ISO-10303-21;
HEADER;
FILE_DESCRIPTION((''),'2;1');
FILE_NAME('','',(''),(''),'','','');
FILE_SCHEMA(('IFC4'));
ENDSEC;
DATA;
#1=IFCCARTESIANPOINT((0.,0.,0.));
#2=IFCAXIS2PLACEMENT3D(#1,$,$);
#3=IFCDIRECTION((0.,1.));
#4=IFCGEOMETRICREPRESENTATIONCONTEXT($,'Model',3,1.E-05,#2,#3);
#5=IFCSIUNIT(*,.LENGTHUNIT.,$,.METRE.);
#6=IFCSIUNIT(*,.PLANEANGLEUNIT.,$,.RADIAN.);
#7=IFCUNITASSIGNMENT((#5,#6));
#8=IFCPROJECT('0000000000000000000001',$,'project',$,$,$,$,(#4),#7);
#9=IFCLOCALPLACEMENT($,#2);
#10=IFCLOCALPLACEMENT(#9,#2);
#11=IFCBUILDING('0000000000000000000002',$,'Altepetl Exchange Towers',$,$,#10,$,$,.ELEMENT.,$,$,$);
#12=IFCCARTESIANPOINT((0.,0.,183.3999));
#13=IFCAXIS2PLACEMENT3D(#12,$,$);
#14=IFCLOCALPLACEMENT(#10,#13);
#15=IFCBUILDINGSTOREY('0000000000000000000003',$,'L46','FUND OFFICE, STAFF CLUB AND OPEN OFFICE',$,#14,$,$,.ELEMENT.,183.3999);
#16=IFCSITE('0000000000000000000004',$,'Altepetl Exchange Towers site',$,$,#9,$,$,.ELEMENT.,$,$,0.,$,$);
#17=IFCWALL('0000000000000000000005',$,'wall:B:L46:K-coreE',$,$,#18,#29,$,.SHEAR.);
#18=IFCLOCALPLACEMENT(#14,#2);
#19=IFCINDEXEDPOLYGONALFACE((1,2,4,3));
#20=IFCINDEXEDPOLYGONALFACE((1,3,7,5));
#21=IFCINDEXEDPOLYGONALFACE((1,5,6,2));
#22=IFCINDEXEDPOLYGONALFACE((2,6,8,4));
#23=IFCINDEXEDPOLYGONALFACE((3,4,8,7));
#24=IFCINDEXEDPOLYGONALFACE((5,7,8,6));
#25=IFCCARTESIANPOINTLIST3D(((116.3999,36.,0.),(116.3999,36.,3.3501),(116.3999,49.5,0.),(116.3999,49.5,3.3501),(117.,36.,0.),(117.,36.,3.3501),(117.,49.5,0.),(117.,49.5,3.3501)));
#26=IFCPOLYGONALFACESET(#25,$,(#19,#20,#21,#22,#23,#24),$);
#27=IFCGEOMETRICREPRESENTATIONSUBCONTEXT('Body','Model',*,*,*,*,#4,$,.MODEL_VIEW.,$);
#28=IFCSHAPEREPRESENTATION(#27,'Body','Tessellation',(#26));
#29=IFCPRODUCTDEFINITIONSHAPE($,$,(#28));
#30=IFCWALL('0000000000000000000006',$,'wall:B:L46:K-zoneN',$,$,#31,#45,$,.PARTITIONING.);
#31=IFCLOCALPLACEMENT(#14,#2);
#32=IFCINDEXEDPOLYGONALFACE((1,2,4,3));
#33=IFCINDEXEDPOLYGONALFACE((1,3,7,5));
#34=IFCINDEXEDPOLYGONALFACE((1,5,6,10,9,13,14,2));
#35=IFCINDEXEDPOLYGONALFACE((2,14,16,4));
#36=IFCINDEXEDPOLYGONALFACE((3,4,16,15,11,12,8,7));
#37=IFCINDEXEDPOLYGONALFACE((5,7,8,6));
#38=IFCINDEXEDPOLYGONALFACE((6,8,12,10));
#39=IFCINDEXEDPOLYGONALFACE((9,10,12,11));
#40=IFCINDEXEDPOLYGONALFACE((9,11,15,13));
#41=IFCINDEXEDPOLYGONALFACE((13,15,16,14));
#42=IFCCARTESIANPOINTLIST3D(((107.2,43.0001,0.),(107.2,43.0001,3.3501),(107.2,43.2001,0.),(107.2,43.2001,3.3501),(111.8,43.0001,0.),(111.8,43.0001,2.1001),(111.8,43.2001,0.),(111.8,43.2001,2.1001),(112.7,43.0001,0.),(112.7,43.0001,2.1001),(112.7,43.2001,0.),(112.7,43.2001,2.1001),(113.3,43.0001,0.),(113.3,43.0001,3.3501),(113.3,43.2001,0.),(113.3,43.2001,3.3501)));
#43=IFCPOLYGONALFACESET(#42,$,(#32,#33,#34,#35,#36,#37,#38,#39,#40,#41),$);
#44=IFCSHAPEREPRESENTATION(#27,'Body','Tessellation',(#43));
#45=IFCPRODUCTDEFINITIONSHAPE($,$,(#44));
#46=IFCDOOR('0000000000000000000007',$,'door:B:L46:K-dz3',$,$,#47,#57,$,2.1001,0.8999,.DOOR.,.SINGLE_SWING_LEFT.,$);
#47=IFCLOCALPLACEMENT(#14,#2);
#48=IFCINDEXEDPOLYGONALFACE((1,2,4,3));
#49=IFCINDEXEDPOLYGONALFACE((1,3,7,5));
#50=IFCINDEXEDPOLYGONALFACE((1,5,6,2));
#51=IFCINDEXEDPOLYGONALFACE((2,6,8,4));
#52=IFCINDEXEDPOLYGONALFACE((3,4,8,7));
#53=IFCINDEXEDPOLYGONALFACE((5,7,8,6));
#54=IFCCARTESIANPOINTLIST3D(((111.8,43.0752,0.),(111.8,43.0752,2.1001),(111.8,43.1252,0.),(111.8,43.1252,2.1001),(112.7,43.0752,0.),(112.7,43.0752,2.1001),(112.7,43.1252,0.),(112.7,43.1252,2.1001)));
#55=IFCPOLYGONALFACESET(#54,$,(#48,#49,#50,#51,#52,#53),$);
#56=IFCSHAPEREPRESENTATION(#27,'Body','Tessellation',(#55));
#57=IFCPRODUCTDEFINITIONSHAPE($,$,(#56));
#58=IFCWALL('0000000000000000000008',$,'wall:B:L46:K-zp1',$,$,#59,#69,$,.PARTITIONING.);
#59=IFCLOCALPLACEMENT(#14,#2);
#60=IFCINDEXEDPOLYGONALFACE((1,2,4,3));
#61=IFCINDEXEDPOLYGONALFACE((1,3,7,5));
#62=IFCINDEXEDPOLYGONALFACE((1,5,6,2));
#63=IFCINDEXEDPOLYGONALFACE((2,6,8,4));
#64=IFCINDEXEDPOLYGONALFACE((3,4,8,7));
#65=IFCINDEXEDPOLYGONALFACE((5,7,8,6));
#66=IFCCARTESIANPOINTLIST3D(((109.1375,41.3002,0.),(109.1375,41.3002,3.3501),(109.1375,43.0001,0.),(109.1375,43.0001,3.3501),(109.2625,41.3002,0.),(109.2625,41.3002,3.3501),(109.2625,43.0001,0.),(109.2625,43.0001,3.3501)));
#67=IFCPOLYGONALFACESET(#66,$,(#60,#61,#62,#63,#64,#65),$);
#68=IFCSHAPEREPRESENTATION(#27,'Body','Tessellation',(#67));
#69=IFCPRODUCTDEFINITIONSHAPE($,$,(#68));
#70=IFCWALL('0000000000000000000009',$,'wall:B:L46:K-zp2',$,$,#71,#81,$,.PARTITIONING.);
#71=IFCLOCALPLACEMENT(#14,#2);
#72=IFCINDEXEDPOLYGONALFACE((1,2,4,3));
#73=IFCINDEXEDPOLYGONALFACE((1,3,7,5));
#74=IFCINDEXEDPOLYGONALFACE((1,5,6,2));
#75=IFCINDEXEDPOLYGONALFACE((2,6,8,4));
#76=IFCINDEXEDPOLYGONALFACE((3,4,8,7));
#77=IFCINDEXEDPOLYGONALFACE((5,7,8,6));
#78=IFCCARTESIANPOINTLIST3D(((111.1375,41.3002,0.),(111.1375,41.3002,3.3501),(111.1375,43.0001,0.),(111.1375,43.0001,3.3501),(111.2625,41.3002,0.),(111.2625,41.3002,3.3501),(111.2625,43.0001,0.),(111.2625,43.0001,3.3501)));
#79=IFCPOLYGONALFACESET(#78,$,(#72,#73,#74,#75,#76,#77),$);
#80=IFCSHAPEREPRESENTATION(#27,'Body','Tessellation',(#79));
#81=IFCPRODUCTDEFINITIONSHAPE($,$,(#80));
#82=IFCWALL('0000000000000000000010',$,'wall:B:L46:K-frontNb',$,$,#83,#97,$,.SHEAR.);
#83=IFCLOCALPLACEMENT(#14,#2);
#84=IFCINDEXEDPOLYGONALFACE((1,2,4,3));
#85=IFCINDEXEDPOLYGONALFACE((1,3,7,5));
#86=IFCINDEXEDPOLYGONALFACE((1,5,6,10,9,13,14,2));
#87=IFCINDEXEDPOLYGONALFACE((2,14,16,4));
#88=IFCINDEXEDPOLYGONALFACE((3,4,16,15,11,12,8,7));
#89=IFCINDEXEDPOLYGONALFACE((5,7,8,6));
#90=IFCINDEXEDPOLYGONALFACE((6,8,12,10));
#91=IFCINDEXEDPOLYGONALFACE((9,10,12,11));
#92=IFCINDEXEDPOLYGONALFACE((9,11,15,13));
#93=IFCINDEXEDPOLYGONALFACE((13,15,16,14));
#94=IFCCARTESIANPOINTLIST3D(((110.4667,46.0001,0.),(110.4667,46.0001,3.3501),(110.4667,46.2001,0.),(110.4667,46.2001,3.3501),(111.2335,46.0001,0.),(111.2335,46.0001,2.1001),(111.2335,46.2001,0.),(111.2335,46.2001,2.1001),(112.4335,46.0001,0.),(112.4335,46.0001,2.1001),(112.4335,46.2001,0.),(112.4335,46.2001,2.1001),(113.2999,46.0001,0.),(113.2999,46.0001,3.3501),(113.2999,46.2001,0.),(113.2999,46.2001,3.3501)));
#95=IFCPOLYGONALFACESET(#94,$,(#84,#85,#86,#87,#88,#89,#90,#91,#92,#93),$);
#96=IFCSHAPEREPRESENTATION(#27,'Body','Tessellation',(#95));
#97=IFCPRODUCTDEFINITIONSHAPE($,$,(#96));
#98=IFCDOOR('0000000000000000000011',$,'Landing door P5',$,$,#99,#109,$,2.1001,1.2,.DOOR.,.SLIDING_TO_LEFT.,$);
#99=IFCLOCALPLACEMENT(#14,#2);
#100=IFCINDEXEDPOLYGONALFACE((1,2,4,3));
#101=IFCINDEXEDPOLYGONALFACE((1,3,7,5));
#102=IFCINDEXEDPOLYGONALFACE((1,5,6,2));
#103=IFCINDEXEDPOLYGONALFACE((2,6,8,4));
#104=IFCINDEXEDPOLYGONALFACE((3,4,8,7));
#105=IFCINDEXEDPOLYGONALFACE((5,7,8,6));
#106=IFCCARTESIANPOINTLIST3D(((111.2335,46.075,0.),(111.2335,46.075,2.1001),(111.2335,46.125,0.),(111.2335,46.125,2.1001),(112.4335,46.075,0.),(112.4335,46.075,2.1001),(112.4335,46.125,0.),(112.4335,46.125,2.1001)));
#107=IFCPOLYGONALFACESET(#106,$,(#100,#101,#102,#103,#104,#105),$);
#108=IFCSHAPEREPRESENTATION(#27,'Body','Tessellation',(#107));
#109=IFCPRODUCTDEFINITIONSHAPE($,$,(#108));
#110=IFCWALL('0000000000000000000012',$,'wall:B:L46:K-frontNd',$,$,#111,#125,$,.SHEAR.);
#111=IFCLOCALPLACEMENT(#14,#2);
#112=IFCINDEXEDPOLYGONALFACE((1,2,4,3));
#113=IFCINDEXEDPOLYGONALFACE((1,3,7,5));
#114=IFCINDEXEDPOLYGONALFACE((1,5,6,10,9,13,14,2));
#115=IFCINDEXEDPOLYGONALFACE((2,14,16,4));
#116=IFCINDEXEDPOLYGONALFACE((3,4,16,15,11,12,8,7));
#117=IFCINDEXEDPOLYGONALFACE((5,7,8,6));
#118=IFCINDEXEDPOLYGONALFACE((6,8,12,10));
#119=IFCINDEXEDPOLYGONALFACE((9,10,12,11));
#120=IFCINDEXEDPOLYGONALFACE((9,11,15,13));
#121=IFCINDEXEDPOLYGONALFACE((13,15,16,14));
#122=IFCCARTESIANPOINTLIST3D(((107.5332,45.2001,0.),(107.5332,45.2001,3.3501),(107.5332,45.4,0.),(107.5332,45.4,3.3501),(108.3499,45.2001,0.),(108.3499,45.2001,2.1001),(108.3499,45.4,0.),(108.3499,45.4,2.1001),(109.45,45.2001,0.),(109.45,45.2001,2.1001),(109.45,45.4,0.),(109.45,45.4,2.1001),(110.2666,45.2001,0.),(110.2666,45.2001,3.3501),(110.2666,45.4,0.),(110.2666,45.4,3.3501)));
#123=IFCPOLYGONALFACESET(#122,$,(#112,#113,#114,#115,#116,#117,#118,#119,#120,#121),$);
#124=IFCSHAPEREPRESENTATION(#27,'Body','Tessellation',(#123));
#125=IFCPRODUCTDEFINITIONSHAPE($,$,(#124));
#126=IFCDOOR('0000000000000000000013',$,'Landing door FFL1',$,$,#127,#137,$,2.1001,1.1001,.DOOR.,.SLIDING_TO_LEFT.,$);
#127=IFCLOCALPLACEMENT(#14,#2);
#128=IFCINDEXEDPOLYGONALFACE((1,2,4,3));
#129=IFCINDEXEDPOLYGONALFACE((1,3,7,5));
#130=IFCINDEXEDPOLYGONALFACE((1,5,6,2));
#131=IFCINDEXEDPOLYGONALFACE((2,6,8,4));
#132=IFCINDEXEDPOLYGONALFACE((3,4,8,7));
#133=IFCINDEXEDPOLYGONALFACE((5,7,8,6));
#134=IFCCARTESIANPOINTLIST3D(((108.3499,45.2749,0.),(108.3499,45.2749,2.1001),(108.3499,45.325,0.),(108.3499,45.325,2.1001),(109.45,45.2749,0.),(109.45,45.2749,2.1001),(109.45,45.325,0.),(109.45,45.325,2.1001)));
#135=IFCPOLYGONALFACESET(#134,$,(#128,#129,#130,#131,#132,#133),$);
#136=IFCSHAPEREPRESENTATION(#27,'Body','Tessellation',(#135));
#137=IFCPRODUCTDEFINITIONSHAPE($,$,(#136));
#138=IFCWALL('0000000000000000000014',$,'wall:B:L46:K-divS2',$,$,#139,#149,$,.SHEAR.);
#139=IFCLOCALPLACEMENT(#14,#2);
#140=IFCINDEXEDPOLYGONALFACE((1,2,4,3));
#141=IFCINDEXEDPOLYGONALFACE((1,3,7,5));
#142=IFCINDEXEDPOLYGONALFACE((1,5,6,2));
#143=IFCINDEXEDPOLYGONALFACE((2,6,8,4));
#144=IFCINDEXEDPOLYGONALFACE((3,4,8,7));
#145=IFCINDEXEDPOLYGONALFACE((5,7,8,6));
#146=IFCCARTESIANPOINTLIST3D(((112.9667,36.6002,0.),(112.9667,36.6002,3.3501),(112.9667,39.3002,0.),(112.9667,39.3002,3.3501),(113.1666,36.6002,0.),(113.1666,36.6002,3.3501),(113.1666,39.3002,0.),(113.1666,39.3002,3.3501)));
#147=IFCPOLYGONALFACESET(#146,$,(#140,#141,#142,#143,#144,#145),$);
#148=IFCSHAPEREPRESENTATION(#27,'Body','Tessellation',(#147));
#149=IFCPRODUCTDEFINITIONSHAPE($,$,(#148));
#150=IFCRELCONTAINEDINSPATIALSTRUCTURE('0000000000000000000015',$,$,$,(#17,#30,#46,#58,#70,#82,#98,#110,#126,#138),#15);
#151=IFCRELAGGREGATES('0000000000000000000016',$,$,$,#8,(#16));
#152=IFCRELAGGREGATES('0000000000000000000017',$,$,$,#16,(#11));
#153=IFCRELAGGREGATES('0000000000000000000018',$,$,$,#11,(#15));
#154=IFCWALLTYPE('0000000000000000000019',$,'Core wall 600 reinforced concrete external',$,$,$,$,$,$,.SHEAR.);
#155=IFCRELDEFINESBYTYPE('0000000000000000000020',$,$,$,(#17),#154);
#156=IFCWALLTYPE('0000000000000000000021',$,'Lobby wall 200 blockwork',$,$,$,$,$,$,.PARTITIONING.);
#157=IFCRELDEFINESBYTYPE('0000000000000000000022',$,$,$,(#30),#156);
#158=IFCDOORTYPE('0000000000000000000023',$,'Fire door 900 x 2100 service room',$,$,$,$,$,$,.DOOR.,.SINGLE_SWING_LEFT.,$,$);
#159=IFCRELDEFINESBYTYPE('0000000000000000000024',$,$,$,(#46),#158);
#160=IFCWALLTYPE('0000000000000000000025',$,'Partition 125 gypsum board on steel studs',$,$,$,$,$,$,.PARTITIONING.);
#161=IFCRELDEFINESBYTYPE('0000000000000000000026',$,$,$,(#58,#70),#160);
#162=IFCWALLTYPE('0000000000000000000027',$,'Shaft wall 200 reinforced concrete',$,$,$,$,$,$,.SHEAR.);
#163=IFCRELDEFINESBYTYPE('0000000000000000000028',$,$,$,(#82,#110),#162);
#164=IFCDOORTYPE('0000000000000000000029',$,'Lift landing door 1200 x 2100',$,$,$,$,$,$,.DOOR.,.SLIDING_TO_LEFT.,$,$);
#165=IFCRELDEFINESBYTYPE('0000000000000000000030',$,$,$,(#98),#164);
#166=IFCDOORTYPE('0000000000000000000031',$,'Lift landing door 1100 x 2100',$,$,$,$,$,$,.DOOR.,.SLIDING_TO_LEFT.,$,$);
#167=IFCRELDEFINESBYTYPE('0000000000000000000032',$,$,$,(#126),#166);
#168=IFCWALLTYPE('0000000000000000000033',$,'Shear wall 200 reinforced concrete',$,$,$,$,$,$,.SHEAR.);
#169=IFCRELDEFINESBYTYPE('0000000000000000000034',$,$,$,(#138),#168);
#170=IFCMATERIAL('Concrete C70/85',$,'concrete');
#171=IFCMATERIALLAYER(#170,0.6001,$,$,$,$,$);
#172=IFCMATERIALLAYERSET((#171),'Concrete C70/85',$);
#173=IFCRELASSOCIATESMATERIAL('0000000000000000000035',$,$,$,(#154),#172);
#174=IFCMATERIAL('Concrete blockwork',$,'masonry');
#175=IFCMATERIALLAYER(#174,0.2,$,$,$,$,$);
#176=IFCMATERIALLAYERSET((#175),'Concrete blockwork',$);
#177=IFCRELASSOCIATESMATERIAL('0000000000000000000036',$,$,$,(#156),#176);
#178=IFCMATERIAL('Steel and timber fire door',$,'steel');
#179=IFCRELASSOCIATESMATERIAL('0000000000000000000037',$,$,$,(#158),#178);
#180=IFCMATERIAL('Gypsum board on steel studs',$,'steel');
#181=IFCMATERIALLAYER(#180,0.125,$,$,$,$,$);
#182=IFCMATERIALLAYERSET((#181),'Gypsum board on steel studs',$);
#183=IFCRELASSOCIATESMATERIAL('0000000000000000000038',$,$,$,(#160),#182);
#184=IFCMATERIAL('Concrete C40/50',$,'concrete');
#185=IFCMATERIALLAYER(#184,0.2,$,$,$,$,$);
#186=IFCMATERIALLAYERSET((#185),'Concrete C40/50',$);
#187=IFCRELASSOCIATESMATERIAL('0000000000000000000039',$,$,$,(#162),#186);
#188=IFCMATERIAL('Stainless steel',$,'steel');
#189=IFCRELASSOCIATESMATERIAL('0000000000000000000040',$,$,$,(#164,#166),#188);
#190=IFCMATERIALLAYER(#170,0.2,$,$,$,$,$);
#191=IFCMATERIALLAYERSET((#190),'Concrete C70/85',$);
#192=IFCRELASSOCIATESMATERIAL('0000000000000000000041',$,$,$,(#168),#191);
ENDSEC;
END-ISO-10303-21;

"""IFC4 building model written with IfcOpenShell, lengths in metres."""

from ifc_helpers import new_model, si_unit, direction, frame, frame_2d, origin, place, context, subcontext, project, spatial, rectangle, extrude, material, layer, layer_set, type_object, element, fill, save


model = new_model("IFC4")

# Units and contexts
model_context = context("Model", 3, precision=1e-05, world=origin(), true_north=direction((0.0, 1.0)))
body_context = subcontext(model_context, "Body", "Model", "MODEL_VIEW")
ifc_project = project(units=[si_unit("LENGTHUNIT", "METRE"), si_unit("PLANEANGLEUNIT", "RADIAN")], contexts=[model_context])

# Site, building, storey
site_placement = place(None, origin())
site = spatial("IfcSite", under=ifc_project, at=site_placement, Name="Altepetl Exchange Towers site", CompositionType="ELEMENT", RefElevation=0.0)
building_placement = place(site_placement, origin())
building = spatial("IfcBuilding", under=site, at=building_placement, Name="Altepetl Exchange Towers", CompositionType="ELEMENT")
storey_placement = place(building_placement, frame((0.0, 0.0, 183.3999)))
storey = spatial("IfcBuildingStorey", under=building, at=storey_placement, Name="L46", Description="FUND OFFICE, STAFF CLUB AND OPEN OFFICE", CompositionType="ELEMENT", Elevation=183.3999)

# Wall
ifc_material_1 = material(Name="Concrete C70/85", Category="concrete")
ifc_layer_1 = layer(ifc_material_1, 0.6001)
ifc_layer_set_1 = layer_set([ifc_layer_1], Name="Concrete C70/85")
wall_type_1 = type_object("IfcWallType", Name="Core wall 600 reinforced concrete external", PredefinedType="SHEAR", material=ifc_layer_set_1)
wall_1_placement = place(storey_placement, frame((116.7, 36.0, 0.0), z_axis=(0.0, 0.0, 1.0), x_axis=(0.0, 1.0, 0.0)))
element("IfcWall", 1, at=wall_1_placement, inside=storey, type_object=wall_type_1, Name="wall:B:L46:K-coreE", PredefinedType="SHEAR", context=body_context, shape_type="SweptSolid", body=[
    extrude(rectangle(XDim=13.5, YDim=0.6001, at=frame_2d((6.75, 0.0))), origin(), (0.0, 0.0, 1.0), 3.3501),
])

# Wall, opening, door
ifc_material_2 = material(Name="Concrete blockwork", Category="masonry")
ifc_layer_2 = layer(ifc_material_2, 0.2)
ifc_layer_set_2 = layer_set([ifc_layer_2], Name="Concrete blockwork")
wall_type_2 = type_object("IfcWallType", Name="Lobby wall 200 blockwork", PredefinedType="PARTITIONING", material=ifc_layer_set_2)
wall_2_placement = place(storey_placement, frame((107.2, 43.1001, 0.0)))
wall_2 = element("IfcWall", 2, at=wall_2_placement, inside=storey, type_object=wall_type_2, Name="wall:B:L46:K-zoneN", PredefinedType="PARTITIONING", context=body_context, shape_type="SweptSolid", body=[
    extrude(rectangle(XDim=6.1001, YDim=0.2, at=frame_2d((3.05, 0.0))), origin(), (0.0, 0.0, 1.0), 3.3501),
])
opening_1_placement = place(wall_2_placement, frame((4.6001, 0.0, 0.0)))
opening_1 = element("IfcOpeningElement", 3, at=opening_1_placement, cuts=wall_2, PredefinedType="OPENING", context=body_context, shape_type="SweptSolid", body=[
    extrude(rectangle(XDim=0.8999, YDim=2.1001, at=frame_2d((0.45, 1.05))), frame((0.0, 0.1099, 0.0), z_axis=(0.0, -1.0, 0.0), x_axis=(1.0, 0.0, 0.0)), (0.0, 0.0, 1.0), 0.22),
])
ifc_material_3 = material(Name="Steel and timber fire door", Category="steel")
door_type_1 = type_object("IfcDoorType", Name="Fire door 900 x 2100 service room", OperationType="SINGLE_SWING_LEFT", PredefinedType="DOOR", material=ifc_material_3)
door_1_placement = place(opening_1_placement, frame((0.8999, 0.0, 0.0), x_axis=(-1.0, 0.0, 0.0)))
door_1 = element("IfcDoor", 4, at=door_1_placement, inside=storey, type_object=door_type_1, Name="door:B:L46:K-dz3", OperationType="SINGLE_SWING_LEFT", OverallHeight=2.1001, OverallWidth=0.8999, PredefinedType="DOOR", context=body_context, shape_type="SweptSolid", body=[
    extrude(rectangle(XDim=0.8999, YDim=2.1001, at=frame_2d((0.45, 1.05))), frame((0.0, 0.0249, 0.0), z_axis=(0.0, -1.0, 0.0), x_axis=(1.0, 0.0, 0.0)), (0.0, 0.0, 1.0), 0.05),
])
fill(opening_1, door_1)

# Walls
ifc_material_4 = material(Name="Gypsum board on steel studs", Category="steel")
ifc_layer_3 = layer(ifc_material_4, 0.125)
ifc_layer_set_3 = layer_set([ifc_layer_3], Name="Gypsum board on steel studs")
wall_type_3 = type_object("IfcWallType", Name="Partition 125 gypsum board on steel studs", PredefinedType="PARTITIONING", material=ifc_layer_set_3)
for number, where, z_axis, x_axis, name in (
    (5, (109.2, 41.3, 0.0), (0.0, 0.0, 1.0), (0.0, 1.0, 0.0), "wall:B:L46:K-zp1"),
    (6, (111.2, 41.3, 0.0), (0.0, 0.0, 1.0), (0.0, 1.0, 0.0), "wall:B:L46:K-zp2"),
):
    element("IfcWall", number, at=place(storey_placement, frame(where, z_axis=z_axis, x_axis=x_axis)), inside=storey, type_object=wall_type_3, Name=name, PredefinedType="PARTITIONING", context=body_context, shape_type="SweptSolid", body=[
        extrude(rectangle(XDim=1.7, YDim=0.125, at=frame_2d((0.8501, 0.0))), origin(), (0.0, 0.0, 1.0), 3.3501),
    ])

# Walls, openings, doors
ifc_material_5 = material(Name="Concrete C40/50", Category="concrete")
ifc_layer_4 = layer(ifc_material_5, 0.2)
ifc_layer_set_4 = layer_set([ifc_layer_4], Name="Concrete C40/50")
wall_type_4 = type_object("IfcWallType", Name="Shaft wall 200 reinforced concrete", PredefinedType="SHEAR", material=ifc_layer_set_4)
wall_3_placement = place(storey_placement, frame((110.4668, 46.1001, 0.0)))
wall_3 = element("IfcWall", 7, at=wall_3_placement, inside=storey, type_object=wall_type_4, Name="wall:B:L46:K-frontNb", PredefinedType="SHEAR", context=body_context, shape_type="SweptSolid", body=[
    extrude(rectangle(XDim=2.8333, YDim=0.2, at=frame_2d((1.4165, 0.0))), origin(), (0.0, 0.0, 1.0), 3.3501),
])
opening_2_placement = place(wall_3_placement, frame((0.7666, 0.0, 0.0)))
opening_2 = element("IfcOpeningElement", 8, at=opening_2_placement, cuts=wall_3, PredefinedType="OPENING", context=body_context, shape_type="SweptSolid", body=[
    extrude(rectangle(XDim=1.2, YDim=2.1001, at=frame_2d((0.6001, 1.05))), frame((0.0, 0.1099, 0.0), z_axis=(0.0, -1.0, 0.0), x_axis=(1.0, 0.0, 0.0)), (0.0, 0.0, 1.0), 0.22),
])
ifc_material_6 = material(Name="Stainless steel", Category="steel")
door_type_2 = type_object("IfcDoorType", Name="Lift landing door 1200 x 2100", OperationType="SLIDING_TO_LEFT", PredefinedType="DOOR", material=ifc_material_6)
door_2_placement = place(opening_2_placement, origin())
door_2 = element("IfcDoor", 9, at=door_2_placement, inside=storey, type_object=door_type_2, Name="Landing door P5", OperationType="SLIDING_TO_LEFT", OverallHeight=2.1001, OverallWidth=1.2, PredefinedType="DOOR", context=body_context, shape_type="SweptSolid", body=[
    extrude(rectangle(XDim=1.2, YDim=2.1001, at=frame_2d((0.6001, 1.05))), frame((0.0, 0.0249, 0.0), z_axis=(0.0, -1.0, 0.0), x_axis=(1.0, 0.0, 0.0)), (0.0, 0.0, 1.0), 0.05),
])
fill(opening_2, door_2)
wall_4_placement = place(storey_placement, frame((107.5332, 45.3, 0.0)))
wall_4 = element("IfcWall", 10, at=wall_4_placement, inside=storey, type_object=wall_type_4, Name="wall:B:L46:K-frontNd", PredefinedType="SHEAR", context=body_context, shape_type="SweptSolid", body=[
    extrude(rectangle(XDim=2.7334, YDim=0.2, at=frame_2d((1.3667, 0.0))), origin(), (0.0, 0.0, 1.0), 3.3501),
])
opening_3_placement = place(wall_4_placement, frame((0.8167, 0.0, 0.0)))
opening_3 = element("IfcOpeningElement", 11, at=opening_3_placement, cuts=wall_4, PredefinedType="OPENING", context=body_context, shape_type="SweptSolid", body=[
    extrude(rectangle(XDim=1.1001, YDim=2.1001, at=frame_2d((0.55, 1.05))), frame((0.0, 0.1099, 0.0), z_axis=(0.0, -1.0, 0.0), x_axis=(1.0, 0.0, 0.0)), (0.0, 0.0, 1.0), 0.22),
])
door_type_3 = type_object("IfcDoorType", Name="Lift landing door 1100 x 2100", OperationType="SLIDING_TO_LEFT", PredefinedType="DOOR", material=ifc_material_6)
door_3_placement = place(opening_3_placement, origin())
door_3 = element("IfcDoor", 12, at=door_3_placement, inside=storey, type_object=door_type_3, Name="Landing door FFL1", OperationType="SLIDING_TO_LEFT", OverallHeight=2.1001, OverallWidth=1.1001, PredefinedType="DOOR", context=body_context, shape_type="SweptSolid", body=[
    extrude(rectangle(XDim=1.1001, YDim=2.1001, at=frame_2d((0.55, 1.05))), frame((0.0, 0.0249, 0.0), z_axis=(0.0, -1.0, 0.0), x_axis=(1.0, 0.0, 0.0)), (0.0, 0.0, 1.0), 0.05),
])
fill(opening_3, door_3)

# Wall
ifc_layer_5 = layer(ifc_material_1, 0.2)
ifc_layer_set_5 = layer_set([ifc_layer_5], Name="Concrete C70/85")
wall_type_5 = type_object("IfcWallType", Name="Shear wall 200 reinforced concrete", PredefinedType="SHEAR", material=ifc_layer_set_5)
wall_5_placement = place(storey_placement, frame((113.0667, 36.6001, 0.0), z_axis=(0.0, 0.0, 1.0), x_axis=(0.0, 1.0, 0.0)))
element("IfcWall", 13, at=wall_5_placement, inside=storey, type_object=wall_type_5, Name="wall:B:L46:K-divS2", PredefinedType="SHEAR", context=body_context, shape_type="SweptSolid", body=[
    extrude(rectangle(XDim=2.7, YDim=0.2, at=frame_2d((1.3501, 0.0))), origin(), (0.0, 0.0, 1.0), 3.3501),
])

save(model, "model.ifc")
